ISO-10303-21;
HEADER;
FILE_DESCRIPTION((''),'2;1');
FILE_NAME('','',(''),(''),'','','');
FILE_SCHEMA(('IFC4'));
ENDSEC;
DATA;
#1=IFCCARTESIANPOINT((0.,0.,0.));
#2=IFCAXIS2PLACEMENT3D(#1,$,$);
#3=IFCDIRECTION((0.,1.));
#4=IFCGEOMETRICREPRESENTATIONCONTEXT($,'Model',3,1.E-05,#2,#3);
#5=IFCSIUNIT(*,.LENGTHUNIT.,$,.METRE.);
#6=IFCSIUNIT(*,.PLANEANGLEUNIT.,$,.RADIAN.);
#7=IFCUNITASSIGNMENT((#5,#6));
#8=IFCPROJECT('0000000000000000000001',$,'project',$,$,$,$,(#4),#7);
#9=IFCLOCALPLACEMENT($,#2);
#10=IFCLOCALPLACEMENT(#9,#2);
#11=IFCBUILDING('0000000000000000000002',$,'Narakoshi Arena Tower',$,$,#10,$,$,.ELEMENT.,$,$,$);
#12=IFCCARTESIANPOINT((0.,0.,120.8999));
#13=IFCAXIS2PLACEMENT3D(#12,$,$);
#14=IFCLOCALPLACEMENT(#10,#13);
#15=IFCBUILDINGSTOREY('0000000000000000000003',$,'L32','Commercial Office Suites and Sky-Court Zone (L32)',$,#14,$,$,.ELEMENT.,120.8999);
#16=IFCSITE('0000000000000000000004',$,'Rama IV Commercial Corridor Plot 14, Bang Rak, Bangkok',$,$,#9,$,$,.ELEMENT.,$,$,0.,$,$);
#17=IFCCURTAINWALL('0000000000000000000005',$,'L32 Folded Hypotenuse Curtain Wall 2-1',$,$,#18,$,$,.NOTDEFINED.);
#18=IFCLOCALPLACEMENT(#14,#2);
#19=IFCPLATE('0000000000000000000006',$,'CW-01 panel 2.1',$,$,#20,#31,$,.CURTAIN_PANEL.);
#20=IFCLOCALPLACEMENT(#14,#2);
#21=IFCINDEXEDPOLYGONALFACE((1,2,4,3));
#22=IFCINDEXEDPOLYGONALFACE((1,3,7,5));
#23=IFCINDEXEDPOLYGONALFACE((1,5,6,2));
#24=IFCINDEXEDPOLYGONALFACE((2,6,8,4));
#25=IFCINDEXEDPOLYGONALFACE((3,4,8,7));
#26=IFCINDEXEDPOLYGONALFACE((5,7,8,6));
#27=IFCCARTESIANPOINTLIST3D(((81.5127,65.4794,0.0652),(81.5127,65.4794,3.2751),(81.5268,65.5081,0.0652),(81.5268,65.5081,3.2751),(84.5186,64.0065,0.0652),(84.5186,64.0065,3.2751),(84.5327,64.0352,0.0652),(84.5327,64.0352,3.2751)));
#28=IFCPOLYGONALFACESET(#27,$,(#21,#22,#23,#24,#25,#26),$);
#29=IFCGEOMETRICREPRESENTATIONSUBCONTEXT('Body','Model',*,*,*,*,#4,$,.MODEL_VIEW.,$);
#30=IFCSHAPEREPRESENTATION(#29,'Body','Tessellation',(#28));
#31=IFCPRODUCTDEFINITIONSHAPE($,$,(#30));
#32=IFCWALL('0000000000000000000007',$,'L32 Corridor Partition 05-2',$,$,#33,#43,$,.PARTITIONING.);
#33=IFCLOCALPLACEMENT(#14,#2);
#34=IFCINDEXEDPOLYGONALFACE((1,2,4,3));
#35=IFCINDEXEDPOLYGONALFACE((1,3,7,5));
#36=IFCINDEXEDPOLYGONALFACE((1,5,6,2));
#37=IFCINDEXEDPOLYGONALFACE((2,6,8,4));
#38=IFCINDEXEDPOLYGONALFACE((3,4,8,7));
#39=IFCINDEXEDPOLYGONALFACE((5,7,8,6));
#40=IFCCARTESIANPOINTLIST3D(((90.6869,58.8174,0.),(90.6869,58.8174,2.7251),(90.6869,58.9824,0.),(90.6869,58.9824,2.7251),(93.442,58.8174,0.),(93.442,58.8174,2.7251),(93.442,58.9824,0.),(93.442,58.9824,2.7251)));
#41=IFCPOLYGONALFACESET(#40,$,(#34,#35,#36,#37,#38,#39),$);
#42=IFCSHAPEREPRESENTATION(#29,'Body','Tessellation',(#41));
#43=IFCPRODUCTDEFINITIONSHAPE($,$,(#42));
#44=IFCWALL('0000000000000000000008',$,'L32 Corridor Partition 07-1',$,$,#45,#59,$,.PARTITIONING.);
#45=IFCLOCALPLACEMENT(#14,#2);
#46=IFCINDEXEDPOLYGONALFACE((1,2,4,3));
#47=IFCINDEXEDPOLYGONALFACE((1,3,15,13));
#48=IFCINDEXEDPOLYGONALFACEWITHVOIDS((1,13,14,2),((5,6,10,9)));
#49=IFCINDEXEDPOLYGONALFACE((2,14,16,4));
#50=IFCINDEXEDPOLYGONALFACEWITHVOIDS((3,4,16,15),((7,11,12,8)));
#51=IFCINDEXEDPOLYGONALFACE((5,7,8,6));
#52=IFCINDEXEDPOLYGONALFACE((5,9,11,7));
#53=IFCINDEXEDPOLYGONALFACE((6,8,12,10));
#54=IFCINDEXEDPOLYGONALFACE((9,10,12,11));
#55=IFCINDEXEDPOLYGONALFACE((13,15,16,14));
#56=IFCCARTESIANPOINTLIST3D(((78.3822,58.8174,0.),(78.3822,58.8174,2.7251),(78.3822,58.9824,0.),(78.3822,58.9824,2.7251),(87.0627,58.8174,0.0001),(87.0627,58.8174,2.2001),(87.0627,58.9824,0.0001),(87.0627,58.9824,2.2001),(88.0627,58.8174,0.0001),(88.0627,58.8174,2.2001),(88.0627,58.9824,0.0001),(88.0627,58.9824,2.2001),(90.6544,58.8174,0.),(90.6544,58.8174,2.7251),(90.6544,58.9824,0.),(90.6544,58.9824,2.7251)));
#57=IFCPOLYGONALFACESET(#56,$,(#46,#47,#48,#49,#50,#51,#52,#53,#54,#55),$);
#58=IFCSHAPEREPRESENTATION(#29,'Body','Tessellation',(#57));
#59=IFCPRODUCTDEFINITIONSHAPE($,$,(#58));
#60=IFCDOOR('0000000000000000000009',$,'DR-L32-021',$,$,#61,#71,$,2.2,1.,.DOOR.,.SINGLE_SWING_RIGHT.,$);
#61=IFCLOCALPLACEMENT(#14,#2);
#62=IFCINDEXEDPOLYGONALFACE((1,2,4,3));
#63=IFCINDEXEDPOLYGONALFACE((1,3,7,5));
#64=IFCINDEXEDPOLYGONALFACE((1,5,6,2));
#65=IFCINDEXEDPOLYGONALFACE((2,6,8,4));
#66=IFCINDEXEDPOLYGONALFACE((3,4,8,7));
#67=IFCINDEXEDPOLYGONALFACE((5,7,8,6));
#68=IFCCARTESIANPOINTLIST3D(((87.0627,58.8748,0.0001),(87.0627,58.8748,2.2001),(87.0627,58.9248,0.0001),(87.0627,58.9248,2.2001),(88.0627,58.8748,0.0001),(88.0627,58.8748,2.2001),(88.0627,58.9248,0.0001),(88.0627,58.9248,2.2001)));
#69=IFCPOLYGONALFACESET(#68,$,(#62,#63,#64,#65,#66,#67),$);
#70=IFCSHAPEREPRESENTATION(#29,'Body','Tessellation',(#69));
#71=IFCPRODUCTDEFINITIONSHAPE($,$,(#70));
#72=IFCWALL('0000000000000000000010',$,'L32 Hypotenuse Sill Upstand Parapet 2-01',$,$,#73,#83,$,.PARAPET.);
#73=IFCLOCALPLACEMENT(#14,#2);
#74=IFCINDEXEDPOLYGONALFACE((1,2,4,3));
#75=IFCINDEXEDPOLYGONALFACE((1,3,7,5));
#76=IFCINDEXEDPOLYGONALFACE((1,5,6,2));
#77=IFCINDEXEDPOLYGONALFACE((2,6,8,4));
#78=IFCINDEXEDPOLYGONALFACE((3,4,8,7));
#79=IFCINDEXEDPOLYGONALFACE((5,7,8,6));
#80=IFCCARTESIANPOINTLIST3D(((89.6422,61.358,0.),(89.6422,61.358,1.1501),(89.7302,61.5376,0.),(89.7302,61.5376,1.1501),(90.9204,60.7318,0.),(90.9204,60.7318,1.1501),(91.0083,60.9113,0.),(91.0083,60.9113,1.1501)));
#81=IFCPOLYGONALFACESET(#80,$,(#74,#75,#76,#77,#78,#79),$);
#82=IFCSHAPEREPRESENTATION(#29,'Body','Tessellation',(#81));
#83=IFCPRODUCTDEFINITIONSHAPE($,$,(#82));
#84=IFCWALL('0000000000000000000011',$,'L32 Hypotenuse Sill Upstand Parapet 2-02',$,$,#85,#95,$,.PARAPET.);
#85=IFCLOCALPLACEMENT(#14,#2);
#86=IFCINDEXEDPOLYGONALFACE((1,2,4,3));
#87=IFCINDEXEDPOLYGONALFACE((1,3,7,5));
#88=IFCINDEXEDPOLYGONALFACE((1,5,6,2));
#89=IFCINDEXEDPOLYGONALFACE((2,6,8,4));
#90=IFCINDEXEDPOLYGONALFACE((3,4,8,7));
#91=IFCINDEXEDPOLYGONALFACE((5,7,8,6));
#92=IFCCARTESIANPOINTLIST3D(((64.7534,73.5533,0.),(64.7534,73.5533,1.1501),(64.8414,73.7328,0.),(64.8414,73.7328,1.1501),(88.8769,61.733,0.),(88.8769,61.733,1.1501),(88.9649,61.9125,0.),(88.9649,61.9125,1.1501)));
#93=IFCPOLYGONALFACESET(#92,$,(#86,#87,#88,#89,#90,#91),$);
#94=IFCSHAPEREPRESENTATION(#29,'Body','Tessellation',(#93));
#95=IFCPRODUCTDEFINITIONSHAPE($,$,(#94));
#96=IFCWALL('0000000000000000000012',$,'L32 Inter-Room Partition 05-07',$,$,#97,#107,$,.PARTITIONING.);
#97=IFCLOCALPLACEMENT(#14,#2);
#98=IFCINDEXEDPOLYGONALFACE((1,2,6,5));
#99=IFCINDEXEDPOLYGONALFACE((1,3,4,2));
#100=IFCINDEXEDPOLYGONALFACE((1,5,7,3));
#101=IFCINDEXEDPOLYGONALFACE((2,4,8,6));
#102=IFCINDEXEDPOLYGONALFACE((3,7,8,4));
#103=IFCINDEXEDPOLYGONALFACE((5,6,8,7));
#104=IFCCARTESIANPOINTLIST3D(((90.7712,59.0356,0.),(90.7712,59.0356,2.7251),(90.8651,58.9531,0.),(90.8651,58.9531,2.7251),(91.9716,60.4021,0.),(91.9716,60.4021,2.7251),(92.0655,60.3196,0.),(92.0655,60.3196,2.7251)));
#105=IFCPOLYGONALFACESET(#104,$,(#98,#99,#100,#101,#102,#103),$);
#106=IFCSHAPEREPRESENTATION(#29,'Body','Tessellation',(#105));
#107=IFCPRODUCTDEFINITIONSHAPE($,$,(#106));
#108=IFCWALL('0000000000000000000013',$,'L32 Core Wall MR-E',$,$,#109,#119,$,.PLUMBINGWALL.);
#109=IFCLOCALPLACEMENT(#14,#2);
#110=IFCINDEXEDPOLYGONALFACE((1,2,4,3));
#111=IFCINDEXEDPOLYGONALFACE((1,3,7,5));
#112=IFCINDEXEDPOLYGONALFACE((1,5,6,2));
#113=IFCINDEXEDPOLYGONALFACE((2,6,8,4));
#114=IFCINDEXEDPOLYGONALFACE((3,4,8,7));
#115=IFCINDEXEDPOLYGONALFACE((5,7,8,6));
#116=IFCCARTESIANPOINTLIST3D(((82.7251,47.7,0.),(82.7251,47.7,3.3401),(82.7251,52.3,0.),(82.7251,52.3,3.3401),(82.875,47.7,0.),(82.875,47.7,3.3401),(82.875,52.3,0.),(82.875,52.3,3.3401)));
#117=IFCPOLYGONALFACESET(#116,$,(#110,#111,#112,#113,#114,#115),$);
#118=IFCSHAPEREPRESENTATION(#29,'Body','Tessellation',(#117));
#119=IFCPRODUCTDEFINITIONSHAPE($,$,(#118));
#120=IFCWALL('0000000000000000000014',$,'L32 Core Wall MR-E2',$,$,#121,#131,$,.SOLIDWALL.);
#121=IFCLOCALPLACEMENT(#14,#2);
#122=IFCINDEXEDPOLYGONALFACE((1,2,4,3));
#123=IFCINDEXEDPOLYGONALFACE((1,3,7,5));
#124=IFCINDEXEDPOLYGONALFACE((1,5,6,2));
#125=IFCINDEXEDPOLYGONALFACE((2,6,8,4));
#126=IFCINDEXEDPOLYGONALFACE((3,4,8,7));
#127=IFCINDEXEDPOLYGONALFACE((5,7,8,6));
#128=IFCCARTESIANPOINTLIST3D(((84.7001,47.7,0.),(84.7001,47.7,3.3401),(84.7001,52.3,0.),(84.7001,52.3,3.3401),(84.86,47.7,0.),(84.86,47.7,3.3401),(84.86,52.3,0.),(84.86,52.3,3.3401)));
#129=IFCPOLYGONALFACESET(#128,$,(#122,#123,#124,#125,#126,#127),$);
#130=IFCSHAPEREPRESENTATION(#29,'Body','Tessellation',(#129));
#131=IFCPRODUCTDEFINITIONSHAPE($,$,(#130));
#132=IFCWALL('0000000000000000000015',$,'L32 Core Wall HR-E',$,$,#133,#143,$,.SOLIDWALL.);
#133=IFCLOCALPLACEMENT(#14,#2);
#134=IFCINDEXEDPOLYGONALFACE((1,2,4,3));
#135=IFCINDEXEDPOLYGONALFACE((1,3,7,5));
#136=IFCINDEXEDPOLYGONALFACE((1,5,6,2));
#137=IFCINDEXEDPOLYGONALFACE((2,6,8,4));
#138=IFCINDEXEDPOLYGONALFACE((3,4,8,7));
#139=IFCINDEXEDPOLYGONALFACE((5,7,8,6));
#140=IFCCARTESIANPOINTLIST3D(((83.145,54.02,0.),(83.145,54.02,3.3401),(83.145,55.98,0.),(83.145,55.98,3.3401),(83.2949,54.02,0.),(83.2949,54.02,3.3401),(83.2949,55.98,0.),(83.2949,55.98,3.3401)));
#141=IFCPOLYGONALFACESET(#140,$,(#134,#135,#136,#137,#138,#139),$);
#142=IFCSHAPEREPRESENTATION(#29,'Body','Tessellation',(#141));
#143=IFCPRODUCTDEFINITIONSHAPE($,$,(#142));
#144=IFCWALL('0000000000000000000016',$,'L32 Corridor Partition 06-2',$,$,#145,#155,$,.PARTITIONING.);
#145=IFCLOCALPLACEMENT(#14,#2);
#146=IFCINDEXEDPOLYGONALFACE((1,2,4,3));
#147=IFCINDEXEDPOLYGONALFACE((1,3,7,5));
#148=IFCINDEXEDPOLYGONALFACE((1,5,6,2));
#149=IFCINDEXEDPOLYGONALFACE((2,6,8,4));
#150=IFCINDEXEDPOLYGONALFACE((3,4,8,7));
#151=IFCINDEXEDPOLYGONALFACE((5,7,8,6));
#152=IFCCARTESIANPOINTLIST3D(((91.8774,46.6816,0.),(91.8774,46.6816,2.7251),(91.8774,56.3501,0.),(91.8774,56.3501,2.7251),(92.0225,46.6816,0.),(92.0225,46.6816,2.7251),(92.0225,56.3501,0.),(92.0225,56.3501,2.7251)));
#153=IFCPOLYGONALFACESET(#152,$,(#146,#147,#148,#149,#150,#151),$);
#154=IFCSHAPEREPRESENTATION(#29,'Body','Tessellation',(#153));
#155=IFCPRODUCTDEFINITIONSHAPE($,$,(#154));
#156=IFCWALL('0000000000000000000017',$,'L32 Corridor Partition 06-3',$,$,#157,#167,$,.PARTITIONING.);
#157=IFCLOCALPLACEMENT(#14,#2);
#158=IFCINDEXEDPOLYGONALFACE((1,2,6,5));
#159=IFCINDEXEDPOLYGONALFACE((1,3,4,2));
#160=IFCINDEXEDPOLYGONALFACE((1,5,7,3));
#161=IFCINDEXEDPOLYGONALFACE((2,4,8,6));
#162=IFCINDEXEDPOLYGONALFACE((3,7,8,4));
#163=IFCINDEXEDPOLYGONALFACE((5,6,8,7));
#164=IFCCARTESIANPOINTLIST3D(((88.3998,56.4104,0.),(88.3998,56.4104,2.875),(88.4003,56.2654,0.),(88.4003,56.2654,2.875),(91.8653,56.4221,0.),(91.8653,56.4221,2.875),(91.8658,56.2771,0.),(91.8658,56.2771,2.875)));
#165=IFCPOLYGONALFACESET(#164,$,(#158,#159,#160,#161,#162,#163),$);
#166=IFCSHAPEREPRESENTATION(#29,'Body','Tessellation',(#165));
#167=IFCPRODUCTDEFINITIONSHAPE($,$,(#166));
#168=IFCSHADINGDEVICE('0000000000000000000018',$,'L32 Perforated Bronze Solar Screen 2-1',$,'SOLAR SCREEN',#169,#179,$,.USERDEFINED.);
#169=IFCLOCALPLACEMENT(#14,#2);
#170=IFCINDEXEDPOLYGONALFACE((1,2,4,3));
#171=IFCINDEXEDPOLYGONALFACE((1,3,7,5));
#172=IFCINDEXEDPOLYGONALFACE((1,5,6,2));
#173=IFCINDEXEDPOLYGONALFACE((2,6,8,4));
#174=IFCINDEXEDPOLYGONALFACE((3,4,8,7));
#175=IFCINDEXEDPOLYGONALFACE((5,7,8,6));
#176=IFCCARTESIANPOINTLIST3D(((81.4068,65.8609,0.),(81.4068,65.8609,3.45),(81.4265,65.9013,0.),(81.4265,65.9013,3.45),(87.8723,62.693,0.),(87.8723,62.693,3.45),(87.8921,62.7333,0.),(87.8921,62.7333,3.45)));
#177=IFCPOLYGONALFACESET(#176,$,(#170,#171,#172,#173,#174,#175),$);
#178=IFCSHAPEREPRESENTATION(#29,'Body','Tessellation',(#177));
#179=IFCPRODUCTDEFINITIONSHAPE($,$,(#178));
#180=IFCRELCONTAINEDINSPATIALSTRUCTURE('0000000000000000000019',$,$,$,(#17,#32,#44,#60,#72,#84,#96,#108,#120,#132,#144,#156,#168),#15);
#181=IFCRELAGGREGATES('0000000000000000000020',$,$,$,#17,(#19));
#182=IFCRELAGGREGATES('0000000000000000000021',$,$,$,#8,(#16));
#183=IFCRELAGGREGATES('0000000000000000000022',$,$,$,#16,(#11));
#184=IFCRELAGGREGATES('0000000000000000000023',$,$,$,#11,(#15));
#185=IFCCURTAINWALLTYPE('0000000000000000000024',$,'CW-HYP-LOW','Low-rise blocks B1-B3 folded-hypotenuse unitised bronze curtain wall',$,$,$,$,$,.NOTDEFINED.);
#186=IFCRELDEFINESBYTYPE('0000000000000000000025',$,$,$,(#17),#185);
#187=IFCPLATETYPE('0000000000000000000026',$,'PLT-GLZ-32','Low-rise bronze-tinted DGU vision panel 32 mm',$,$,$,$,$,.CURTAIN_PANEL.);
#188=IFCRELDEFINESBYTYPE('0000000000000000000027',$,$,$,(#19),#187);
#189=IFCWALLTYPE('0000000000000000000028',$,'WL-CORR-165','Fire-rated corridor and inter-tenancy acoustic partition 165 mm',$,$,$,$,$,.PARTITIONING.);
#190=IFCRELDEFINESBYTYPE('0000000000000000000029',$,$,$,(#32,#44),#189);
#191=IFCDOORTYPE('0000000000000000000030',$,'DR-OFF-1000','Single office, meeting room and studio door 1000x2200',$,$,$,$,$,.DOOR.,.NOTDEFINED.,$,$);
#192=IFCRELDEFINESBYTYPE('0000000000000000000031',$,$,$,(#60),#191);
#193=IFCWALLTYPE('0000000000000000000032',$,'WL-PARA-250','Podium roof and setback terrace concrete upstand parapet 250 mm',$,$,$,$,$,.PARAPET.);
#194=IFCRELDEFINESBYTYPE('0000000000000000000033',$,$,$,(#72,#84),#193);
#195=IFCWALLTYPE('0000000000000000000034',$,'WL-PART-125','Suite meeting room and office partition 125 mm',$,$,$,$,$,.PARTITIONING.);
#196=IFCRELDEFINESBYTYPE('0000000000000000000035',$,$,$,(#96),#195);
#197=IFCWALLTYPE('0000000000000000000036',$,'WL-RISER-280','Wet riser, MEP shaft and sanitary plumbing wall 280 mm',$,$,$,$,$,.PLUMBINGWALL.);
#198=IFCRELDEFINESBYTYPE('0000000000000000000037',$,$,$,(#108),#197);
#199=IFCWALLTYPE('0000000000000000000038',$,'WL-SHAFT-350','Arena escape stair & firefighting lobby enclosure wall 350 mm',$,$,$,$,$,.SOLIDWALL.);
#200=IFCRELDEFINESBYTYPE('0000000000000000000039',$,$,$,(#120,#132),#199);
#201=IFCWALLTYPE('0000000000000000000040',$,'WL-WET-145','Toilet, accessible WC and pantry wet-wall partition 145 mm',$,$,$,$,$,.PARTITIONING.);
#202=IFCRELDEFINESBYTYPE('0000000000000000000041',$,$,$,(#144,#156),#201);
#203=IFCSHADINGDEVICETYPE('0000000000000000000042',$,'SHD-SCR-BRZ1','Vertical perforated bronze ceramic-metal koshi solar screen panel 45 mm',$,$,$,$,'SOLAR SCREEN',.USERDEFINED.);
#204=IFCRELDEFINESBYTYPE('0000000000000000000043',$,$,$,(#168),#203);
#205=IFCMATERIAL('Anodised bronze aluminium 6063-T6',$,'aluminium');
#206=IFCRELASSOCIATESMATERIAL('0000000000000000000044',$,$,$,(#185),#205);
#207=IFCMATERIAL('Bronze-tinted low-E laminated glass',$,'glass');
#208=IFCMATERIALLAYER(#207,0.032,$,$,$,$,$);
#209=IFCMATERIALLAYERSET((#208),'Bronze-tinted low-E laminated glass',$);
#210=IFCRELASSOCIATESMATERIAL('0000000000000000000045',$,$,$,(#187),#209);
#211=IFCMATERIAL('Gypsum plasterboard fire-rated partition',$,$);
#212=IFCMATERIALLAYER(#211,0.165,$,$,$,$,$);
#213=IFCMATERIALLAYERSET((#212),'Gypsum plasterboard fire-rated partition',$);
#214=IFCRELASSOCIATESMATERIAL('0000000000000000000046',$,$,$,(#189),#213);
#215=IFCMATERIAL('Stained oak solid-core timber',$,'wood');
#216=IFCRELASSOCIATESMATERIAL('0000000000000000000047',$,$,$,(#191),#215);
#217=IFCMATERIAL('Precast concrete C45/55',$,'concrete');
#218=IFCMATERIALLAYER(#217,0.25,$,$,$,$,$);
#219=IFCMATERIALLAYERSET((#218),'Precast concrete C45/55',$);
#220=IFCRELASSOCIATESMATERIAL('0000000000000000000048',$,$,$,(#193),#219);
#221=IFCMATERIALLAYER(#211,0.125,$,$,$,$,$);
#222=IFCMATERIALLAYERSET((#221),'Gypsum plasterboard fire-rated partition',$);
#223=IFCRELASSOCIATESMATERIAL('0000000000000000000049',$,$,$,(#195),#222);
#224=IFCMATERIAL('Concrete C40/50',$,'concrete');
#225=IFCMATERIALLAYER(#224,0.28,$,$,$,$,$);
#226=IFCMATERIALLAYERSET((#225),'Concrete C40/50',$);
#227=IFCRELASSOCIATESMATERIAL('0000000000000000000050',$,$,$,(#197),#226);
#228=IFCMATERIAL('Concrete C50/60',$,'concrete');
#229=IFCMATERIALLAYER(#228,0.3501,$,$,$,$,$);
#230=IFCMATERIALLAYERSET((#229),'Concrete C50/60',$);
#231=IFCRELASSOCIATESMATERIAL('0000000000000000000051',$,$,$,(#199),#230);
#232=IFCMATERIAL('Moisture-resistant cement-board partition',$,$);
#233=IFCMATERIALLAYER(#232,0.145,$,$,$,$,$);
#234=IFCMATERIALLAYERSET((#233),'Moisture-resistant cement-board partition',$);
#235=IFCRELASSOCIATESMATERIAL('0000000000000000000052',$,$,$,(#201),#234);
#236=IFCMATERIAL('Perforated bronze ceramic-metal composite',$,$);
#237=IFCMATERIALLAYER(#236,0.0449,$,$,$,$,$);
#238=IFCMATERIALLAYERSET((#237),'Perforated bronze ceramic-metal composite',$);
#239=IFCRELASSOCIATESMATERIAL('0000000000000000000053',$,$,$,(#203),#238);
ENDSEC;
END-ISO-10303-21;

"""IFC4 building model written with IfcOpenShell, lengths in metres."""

from ifc_helpers import new_model, si_unit, direction, frame, frame_2d, origin, origin_2d, place, context, subcontext, project, spatial, rectangle, extrude, material, layer, layer_set, type_object, element, fill, aggregate, save


model = new_model("IFC4")

# Units and contexts
model_context = context("Model", 3, precision=1e-05, world=origin(), true_north=direction((0.0, 1.0)))
body_context = subcontext(model_context, "Body", "Model", "MODEL_VIEW")
ifc_project = project(units=[si_unit("LENGTHUNIT", "METRE"), si_unit("PLANEANGLEUNIT", "RADIAN")], contexts=[model_context])

# Site, building, storey
site_placement = place(None, origin())
site = spatial("IfcSite", under=ifc_project, at=site_placement, Name="Rama IV Commercial Corridor Plot 14, Bang Rak, Bangkok", CompositionType="ELEMENT", RefElevation=0.0)
building_placement = place(site_placement, origin())
building = spatial("IfcBuilding", under=site, at=building_placement, Name="Narakoshi Arena Tower", CompositionType="ELEMENT")
storey_placement = place(building_placement, frame((0.0, 0.0, 120.8999)))
storey = spatial("IfcBuildingStorey", under=building, at=storey_placement, Name="L32", Description="Commercial Office Suites and Sky-Court Zone (L32)", CompositionType="ELEMENT", Elevation=120.8999)

# Curtain wall, plate
ifc_material_1 = material(Name="Anodised bronze aluminium 6063-T6", Category="aluminium")
curtain_wall_type = type_object("IfcCurtainWallType", Name="CW-HYP-LOW", Description="Low-rise blocks B1-B3 folded-hypotenuse unitised bronze curtain wall", PredefinedType="NOTDEFINED", material=ifc_material_1)
curtain_wall_placement = place(storey_placement, origin())
curtain_wall = element("IfcCurtainWall", 1, at=curtain_wall_placement, inside=storey, type_object=curtain_wall_type, Name="L32 Folded Hypotenuse Curtain Wall 2-1", PredefinedType="NOTDEFINED")
ifc_material_2 = material(Name="Bronze-tinted low-E laminated glass", Category="glass")
ifc_layer_1 = layer(ifc_material_2, 0.032)
ifc_layer_set_1 = layer_set([ifc_layer_1], Name="Bronze-tinted low-E laminated glass")
plate_type = type_object("IfcPlateType", Name="PLT-GLZ-32", Description="Low-rise bronze-tinted DGU vision panel 32 mm", PredefinedType="CURTAIN_PANEL", material=ifc_layer_set_1)
plate_1_placement = place(storey_placement, frame((83.0227, 64.7573, 0.0652), z_axis=(0.0, 0.0, 1.0), x_axis=(-0.897996, 0.440005, 0.0)))
plate_1 = element("IfcPlate", 2, at=plate_1_placement, type_object=plate_type, Name="CW-01 panel 2.1", PredefinedType="CURTAIN_PANEL", context=body_context, shape_type="SweptSolid", body=[
    extrude(rectangle(XDim=3.3474, YDim=0.032, at=origin_2d()), origin(), (0.0, 0.0, 1.0), 3.21),
])
aggregate(curtain_wall, [plate_1])

# Wall
ifc_material_3 = material(Name="Gypsum plasterboard fire-rated partition")
ifc_layer_2 = layer(ifc_material_3, 0.165)
ifc_layer_set_2 = layer_set([ifc_layer_2], Name="Gypsum plasterboard fire-rated partition")
wall_type_1 = type_object("IfcWallType", Name="WL-CORR-165", Description="Fire-rated corridor and inter-tenancy acoustic partition 165 mm", PredefinedType="PARTITIONING", material=ifc_layer_set_2)
wall_1_placement = place(storey_placement, frame((93.4419, 58.8999, 0.0), z_axis=(0.0, 0.0, 1.0), x_axis=(-1.0, 0.0, 0.0)))
element("IfcWall", 3, at=wall_1_placement, inside=storey, type_object=wall_type_1, Name="L32 Corridor Partition 05-2", PredefinedType="PARTITIONING", context=body_context, shape_type="SweptSolid", body=[
    extrude(rectangle(XDim=2.7551, YDim=0.165, at=frame_2d((1.3774, 0.0))), origin(), (0.0, 0.0, 1.0), 2.7251),
])

# Wall, opening, door
wall_2_placement = place(storey_placement, frame((90.6545, 58.8999, 0.0), z_axis=(0.0, 0.0, 1.0), x_axis=(-1.0, 0.0, 0.0)))
wall_2 = element("IfcWall", 4, at=wall_2_placement, inside=storey, type_object=wall_type_1, Name="L32 Corridor Partition 07-1", PredefinedType="PARTITIONING", context=body_context, shape_type="SweptSolid", body=[
    extrude(rectangle(XDim=12.2722, YDim=0.165, at=frame_2d((6.1362, 0.0))), origin(), (0.0, 0.0, 1.0), 2.7251),
])
opening_placement = place(wall_2_placement, frame((2.5918, 0.0, 0.0)))
opening = element("IfcOpeningElement", 5, at=opening_placement, cuts=wall_2, PredefinedType="OPENING", context=body_context, shape_type="SweptSolid", body=[
    extrude(rectangle(XDim=1.0, YDim=2.2, at=frame_2d((0.5, 1.1001))), frame((0.0, 0.0925, 0.0), z_axis=(0.0, -1.0, 0.0), x_axis=(1.0, 0.0, 0.0)), (0.0, 0.0, 1.0), 0.1851),
])
ifc_material_4 = material(Name="Stained oak solid-core timber", Category="wood")
door_type = type_object("IfcDoorType", Name="DR-OFF-1000", Description="Single office, meeting room and studio door 1000x2200", OperationType="NOTDEFINED", PredefinedType="DOOR", material=ifc_material_4)
door_placement = place(opening_placement, frame((1.0, 0.0, 0.0), z_axis=(0.0, 0.0, 1.0), x_axis=(-1.0, 0.0, 0.0)))
door = element("IfcDoor", 6, at=door_placement, inside=storey, type_object=door_type, Name="DR-L32-021", OperationType="SINGLE_SWING_RIGHT", OverallHeight=2.2, OverallWidth=1.0, PredefinedType="DOOR", context=body_context, shape_type="SweptSolid", body=[
    extrude(rectangle(XDim=1.0, YDim=2.2, at=frame_2d((0.5, 1.1001))), frame((0.0, 0.0249, 0.0), z_axis=(0.0, -1.0, 0.0), x_axis=(1.0, 0.0, 0.0)), (0.0, 0.0, 1.0), 0.05),
])
fill(opening, door)

# Walls
ifc_material_5 = material(Name="Precast concrete C45/55", Category="concrete")
ifc_layer_3 = layer(ifc_material_5, 0.25)
ifc_layer_set_3 = layer_set([ifc_layer_3], Name="Precast concrete C45/55")
wall_type_2 = type_object("IfcWallType", Name="WL-PARA-250", Description="Podium roof and setback terrace concrete upstand parapet 250 mm", PredefinedType="PARAPET", material=ifc_layer_set_3)
wall_3_placement = place(storey_placement, frame((90.9644, 60.8215, 0.0), z_axis=(0.0, 0.0, 1.0), x_axis=(-0.898, 0.439994, 0.0)))
element("IfcWall", 7, at=wall_3_placement, inside=storey, type_object=wall_type_2, Name="L32 Hypotenuse Sill Upstand Parapet 2-01", PredefinedType="PARAPET", context=body_context, shape_type="SweptSolid", body=[
    extrude(rectangle(XDim=1.4233, YDim=0.2, at=frame_2d((0.7117, 0.0))), origin(), (0.0, 0.0, 1.0), 1.1501),
])
wall_4_placement = place(storey_placement, frame((88.9209, 61.8228, 0.0), z_axis=(0.0, 0.0, 1.0), x_axis=(-0.897994, 0.440009, 0.0)))
element("IfcWall", 8, at=wall_4_placement, inside=storey, type_object=wall_type_2, Name="L32 Hypotenuse Sill Upstand Parapet 2-02", PredefinedType="PARAPET", context=body_context, shape_type="SweptSolid", body=[
    extrude(rectangle(XDim=26.8638, YDim=0.2, at=frame_2d((13.4319, 0.0))), origin(), (0.0, 0.0, 1.0), 1.1501),
])
ifc_layer_4 = layer(ifc_material_3, 0.125)
ifc_layer_set_4 = layer_set([ifc_layer_4], Name="Gypsum plasterboard fire-rated partition")
wall_type_3 = type_object("IfcWallType", Name="WL-PART-125", Description="Suite meeting room and office partition 125 mm", PredefinedType="PARTITIONING", material=ifc_layer_set_4)
wall_5_placement = place(storey_placement, frame((90.8181, 58.9944, 0.0), z_axis=(0.0, 0.0, 1.0), x_axis=(0.659995, 0.75127, 0.0)))
element("IfcWall", 9, at=wall_5_placement, inside=storey, type_object=wall_type_3, Name="L32 Inter-Room Partition 05-07", PredefinedType="PARTITIONING", context=body_context, shape_type="SweptSolid", body=[
    extrude(rectangle(XDim=1.8188, YDim=0.125, at=frame_2d((0.9094, 0.0))), origin(), (0.0, 0.0, 1.0), 2.7251),
])
ifc_material_6 = material(Name="Concrete C40/50", Category="concrete")
ifc_layer_5 = layer(ifc_material_6, 0.28)
ifc_layer_set_5 = layer_set([ifc_layer_5], Name="Concrete C40/50")
wall_type_4 = type_object("IfcWallType", Name="WL-RISER-280", Description="Wet riser, MEP shaft and sanitary plumbing wall 280 mm", PredefinedType="PLUMBINGWALL", material=ifc_layer_set_5)
wall_6_placement = place(storey_placement, frame((82.8, 47.7, 0.0), z_axis=(0.0, 0.0, 1.0), x_axis=(0.0, 1.0, 0.0)))
element("IfcWall", 10, at=wall_6_placement, inside=storey, type_object=wall_type_4, Name="L32 Core Wall MR-E", PredefinedType="PLUMBINGWALL", context=body_context, shape_type="SweptSolid", body=[
    extrude(rectangle(XDim=4.6001, YDim=0.1499, at=frame_2d((2.3, 0.0))), origin(), (0.0, 0.0, 1.0), 3.3401),
])
ifc_material_7 = material(Name="Concrete C50/60", Category="concrete")
ifc_layer_6 = layer(ifc_material_7, 0.3501)
ifc_layer_set_6 = layer_set([ifc_layer_6], Name="Concrete C50/60")
wall_type_5 = type_object("IfcWallType", Name="WL-SHAFT-350", Description="Arena escape stair & firefighting lobby enclosure wall 350 mm", PredefinedType="SOLIDWALL", material=ifc_layer_set_6)
wall_7_placement = place(storey_placement, frame((84.78, 47.7, 0.0), z_axis=(0.0, 0.0, 1.0), x_axis=(0.0, 1.0, 0.0)))
element("IfcWall", 11, at=wall_7_placement, inside=storey, type_object=wall_type_5, Name="L32 Core Wall MR-E2", PredefinedType="SOLIDWALL", context=body_context, shape_type="SweptSolid", body=[
    extrude(rectangle(XDim=4.6001, YDim=0.1599, at=frame_2d((2.3, 0.0))), origin(), (0.0, 0.0, 1.0), 3.3401),
])
wall_8_placement = place(storey_placement, frame((83.22, 54.02, 0.0), z_axis=(0.0, 0.0, 1.0), x_axis=(0.0, 1.0, 0.0)))
element("IfcWall", 12, at=wall_8_placement, inside=storey, type_object=wall_type_5, Name="L32 Core Wall HR-E", PredefinedType="SOLIDWALL", context=body_context, shape_type="SweptSolid", body=[
    extrude(rectangle(XDim=1.96, YDim=0.1499, at=frame_2d((0.98, 0.0))), origin(), (0.0, 0.0, 1.0), 3.3401),
])
ifc_material_8 = material(Name="Moisture-resistant cement-board partition")
ifc_layer_7 = layer(ifc_material_8, 0.145)
ifc_layer_set_7 = layer_set([ifc_layer_7], Name="Moisture-resistant cement-board partition")
wall_type_6 = type_object("IfcWallType", Name="WL-WET-145", Description="Toilet, accessible WC and pantry wet-wall partition 145 mm", PredefinedType="PARTITIONING", material=ifc_layer_set_7)
wall_9_placement = place(storey_placement, frame((91.95, 56.3501, 0.0), z_axis=(0.0, 0.0, 1.0), x_axis=(0.0, -1.0, 0.0)))
element("IfcWall", 13, at=wall_9_placement, inside=storey, type_object=wall_type_6, Name="L32 Corridor Partition 06-2", PredefinedType="PARTITIONING", context=body_context, shape_type="SweptSolid", body=[
    extrude(rectangle(XDim=9.6685, YDim=0.145, at=frame_2d((4.8342, 0.0))), origin(), (0.0, 0.0, 1.0), 2.7251),
])
wall_10_placement = place(storey_placement, frame((88.3999, 56.3379, 0.0), z_axis=(0.0, 0.0, 1.0), x_axis=(0.999994, 0.003381, 0.0)))
element("IfcWall", 14, at=wall_10_placement, inside=storey, type_object=wall_type_6, Name="L32 Corridor Partition 06-3", PredefinedType="PARTITIONING", context=body_context, shape_type="SweptSolid", body=[
    extrude(rectangle(XDim=3.4656, YDim=0.145, at=frame_2d((1.7329, 0.0))), origin(), (0.0, 0.0, 1.0), 2.875),
])

# Shading device
ifc_material_9 = material(Name="Perforated bronze ceramic-metal composite")
ifc_layer_8 = layer(ifc_material_9, 0.0449)
ifc_layer_set_8 = layer_set([ifc_layer_8], Name="Perforated bronze ceramic-metal composite")
shading_device_type = type_object("IfcShadingDeviceType", Name="SHD-SCR-BRZ1", Description="Vertical perforated bronze ceramic-metal koshi solar screen panel 45 mm", ElementType="SOLAR SCREEN", PredefinedType="USERDEFINED", material=ifc_layer_set_8)
shading_device_placement = place(storey_placement, frame((84.6494, 64.2971, 0.0), z_axis=(0.0, 0.0, 1.0), x_axis=(-0.897997, 0.440002, 0.0)))
element("IfcShadingDevice", 15, at=shading_device_placement, inside=storey, type_object=shading_device_type, Name="L32 Perforated Bronze Solar Screen 2-1", ObjectType="SOLAR SCREEN", PredefinedType="USERDEFINED", context=body_context, shape_type="SweptSolid", body=[
    extrude(rectangle(XDim=7.2, YDim=0.0449, at=origin_2d()), origin(), (0.0, 0.0, 1.0), 3.45),
])

save(model, "model.ifc")
